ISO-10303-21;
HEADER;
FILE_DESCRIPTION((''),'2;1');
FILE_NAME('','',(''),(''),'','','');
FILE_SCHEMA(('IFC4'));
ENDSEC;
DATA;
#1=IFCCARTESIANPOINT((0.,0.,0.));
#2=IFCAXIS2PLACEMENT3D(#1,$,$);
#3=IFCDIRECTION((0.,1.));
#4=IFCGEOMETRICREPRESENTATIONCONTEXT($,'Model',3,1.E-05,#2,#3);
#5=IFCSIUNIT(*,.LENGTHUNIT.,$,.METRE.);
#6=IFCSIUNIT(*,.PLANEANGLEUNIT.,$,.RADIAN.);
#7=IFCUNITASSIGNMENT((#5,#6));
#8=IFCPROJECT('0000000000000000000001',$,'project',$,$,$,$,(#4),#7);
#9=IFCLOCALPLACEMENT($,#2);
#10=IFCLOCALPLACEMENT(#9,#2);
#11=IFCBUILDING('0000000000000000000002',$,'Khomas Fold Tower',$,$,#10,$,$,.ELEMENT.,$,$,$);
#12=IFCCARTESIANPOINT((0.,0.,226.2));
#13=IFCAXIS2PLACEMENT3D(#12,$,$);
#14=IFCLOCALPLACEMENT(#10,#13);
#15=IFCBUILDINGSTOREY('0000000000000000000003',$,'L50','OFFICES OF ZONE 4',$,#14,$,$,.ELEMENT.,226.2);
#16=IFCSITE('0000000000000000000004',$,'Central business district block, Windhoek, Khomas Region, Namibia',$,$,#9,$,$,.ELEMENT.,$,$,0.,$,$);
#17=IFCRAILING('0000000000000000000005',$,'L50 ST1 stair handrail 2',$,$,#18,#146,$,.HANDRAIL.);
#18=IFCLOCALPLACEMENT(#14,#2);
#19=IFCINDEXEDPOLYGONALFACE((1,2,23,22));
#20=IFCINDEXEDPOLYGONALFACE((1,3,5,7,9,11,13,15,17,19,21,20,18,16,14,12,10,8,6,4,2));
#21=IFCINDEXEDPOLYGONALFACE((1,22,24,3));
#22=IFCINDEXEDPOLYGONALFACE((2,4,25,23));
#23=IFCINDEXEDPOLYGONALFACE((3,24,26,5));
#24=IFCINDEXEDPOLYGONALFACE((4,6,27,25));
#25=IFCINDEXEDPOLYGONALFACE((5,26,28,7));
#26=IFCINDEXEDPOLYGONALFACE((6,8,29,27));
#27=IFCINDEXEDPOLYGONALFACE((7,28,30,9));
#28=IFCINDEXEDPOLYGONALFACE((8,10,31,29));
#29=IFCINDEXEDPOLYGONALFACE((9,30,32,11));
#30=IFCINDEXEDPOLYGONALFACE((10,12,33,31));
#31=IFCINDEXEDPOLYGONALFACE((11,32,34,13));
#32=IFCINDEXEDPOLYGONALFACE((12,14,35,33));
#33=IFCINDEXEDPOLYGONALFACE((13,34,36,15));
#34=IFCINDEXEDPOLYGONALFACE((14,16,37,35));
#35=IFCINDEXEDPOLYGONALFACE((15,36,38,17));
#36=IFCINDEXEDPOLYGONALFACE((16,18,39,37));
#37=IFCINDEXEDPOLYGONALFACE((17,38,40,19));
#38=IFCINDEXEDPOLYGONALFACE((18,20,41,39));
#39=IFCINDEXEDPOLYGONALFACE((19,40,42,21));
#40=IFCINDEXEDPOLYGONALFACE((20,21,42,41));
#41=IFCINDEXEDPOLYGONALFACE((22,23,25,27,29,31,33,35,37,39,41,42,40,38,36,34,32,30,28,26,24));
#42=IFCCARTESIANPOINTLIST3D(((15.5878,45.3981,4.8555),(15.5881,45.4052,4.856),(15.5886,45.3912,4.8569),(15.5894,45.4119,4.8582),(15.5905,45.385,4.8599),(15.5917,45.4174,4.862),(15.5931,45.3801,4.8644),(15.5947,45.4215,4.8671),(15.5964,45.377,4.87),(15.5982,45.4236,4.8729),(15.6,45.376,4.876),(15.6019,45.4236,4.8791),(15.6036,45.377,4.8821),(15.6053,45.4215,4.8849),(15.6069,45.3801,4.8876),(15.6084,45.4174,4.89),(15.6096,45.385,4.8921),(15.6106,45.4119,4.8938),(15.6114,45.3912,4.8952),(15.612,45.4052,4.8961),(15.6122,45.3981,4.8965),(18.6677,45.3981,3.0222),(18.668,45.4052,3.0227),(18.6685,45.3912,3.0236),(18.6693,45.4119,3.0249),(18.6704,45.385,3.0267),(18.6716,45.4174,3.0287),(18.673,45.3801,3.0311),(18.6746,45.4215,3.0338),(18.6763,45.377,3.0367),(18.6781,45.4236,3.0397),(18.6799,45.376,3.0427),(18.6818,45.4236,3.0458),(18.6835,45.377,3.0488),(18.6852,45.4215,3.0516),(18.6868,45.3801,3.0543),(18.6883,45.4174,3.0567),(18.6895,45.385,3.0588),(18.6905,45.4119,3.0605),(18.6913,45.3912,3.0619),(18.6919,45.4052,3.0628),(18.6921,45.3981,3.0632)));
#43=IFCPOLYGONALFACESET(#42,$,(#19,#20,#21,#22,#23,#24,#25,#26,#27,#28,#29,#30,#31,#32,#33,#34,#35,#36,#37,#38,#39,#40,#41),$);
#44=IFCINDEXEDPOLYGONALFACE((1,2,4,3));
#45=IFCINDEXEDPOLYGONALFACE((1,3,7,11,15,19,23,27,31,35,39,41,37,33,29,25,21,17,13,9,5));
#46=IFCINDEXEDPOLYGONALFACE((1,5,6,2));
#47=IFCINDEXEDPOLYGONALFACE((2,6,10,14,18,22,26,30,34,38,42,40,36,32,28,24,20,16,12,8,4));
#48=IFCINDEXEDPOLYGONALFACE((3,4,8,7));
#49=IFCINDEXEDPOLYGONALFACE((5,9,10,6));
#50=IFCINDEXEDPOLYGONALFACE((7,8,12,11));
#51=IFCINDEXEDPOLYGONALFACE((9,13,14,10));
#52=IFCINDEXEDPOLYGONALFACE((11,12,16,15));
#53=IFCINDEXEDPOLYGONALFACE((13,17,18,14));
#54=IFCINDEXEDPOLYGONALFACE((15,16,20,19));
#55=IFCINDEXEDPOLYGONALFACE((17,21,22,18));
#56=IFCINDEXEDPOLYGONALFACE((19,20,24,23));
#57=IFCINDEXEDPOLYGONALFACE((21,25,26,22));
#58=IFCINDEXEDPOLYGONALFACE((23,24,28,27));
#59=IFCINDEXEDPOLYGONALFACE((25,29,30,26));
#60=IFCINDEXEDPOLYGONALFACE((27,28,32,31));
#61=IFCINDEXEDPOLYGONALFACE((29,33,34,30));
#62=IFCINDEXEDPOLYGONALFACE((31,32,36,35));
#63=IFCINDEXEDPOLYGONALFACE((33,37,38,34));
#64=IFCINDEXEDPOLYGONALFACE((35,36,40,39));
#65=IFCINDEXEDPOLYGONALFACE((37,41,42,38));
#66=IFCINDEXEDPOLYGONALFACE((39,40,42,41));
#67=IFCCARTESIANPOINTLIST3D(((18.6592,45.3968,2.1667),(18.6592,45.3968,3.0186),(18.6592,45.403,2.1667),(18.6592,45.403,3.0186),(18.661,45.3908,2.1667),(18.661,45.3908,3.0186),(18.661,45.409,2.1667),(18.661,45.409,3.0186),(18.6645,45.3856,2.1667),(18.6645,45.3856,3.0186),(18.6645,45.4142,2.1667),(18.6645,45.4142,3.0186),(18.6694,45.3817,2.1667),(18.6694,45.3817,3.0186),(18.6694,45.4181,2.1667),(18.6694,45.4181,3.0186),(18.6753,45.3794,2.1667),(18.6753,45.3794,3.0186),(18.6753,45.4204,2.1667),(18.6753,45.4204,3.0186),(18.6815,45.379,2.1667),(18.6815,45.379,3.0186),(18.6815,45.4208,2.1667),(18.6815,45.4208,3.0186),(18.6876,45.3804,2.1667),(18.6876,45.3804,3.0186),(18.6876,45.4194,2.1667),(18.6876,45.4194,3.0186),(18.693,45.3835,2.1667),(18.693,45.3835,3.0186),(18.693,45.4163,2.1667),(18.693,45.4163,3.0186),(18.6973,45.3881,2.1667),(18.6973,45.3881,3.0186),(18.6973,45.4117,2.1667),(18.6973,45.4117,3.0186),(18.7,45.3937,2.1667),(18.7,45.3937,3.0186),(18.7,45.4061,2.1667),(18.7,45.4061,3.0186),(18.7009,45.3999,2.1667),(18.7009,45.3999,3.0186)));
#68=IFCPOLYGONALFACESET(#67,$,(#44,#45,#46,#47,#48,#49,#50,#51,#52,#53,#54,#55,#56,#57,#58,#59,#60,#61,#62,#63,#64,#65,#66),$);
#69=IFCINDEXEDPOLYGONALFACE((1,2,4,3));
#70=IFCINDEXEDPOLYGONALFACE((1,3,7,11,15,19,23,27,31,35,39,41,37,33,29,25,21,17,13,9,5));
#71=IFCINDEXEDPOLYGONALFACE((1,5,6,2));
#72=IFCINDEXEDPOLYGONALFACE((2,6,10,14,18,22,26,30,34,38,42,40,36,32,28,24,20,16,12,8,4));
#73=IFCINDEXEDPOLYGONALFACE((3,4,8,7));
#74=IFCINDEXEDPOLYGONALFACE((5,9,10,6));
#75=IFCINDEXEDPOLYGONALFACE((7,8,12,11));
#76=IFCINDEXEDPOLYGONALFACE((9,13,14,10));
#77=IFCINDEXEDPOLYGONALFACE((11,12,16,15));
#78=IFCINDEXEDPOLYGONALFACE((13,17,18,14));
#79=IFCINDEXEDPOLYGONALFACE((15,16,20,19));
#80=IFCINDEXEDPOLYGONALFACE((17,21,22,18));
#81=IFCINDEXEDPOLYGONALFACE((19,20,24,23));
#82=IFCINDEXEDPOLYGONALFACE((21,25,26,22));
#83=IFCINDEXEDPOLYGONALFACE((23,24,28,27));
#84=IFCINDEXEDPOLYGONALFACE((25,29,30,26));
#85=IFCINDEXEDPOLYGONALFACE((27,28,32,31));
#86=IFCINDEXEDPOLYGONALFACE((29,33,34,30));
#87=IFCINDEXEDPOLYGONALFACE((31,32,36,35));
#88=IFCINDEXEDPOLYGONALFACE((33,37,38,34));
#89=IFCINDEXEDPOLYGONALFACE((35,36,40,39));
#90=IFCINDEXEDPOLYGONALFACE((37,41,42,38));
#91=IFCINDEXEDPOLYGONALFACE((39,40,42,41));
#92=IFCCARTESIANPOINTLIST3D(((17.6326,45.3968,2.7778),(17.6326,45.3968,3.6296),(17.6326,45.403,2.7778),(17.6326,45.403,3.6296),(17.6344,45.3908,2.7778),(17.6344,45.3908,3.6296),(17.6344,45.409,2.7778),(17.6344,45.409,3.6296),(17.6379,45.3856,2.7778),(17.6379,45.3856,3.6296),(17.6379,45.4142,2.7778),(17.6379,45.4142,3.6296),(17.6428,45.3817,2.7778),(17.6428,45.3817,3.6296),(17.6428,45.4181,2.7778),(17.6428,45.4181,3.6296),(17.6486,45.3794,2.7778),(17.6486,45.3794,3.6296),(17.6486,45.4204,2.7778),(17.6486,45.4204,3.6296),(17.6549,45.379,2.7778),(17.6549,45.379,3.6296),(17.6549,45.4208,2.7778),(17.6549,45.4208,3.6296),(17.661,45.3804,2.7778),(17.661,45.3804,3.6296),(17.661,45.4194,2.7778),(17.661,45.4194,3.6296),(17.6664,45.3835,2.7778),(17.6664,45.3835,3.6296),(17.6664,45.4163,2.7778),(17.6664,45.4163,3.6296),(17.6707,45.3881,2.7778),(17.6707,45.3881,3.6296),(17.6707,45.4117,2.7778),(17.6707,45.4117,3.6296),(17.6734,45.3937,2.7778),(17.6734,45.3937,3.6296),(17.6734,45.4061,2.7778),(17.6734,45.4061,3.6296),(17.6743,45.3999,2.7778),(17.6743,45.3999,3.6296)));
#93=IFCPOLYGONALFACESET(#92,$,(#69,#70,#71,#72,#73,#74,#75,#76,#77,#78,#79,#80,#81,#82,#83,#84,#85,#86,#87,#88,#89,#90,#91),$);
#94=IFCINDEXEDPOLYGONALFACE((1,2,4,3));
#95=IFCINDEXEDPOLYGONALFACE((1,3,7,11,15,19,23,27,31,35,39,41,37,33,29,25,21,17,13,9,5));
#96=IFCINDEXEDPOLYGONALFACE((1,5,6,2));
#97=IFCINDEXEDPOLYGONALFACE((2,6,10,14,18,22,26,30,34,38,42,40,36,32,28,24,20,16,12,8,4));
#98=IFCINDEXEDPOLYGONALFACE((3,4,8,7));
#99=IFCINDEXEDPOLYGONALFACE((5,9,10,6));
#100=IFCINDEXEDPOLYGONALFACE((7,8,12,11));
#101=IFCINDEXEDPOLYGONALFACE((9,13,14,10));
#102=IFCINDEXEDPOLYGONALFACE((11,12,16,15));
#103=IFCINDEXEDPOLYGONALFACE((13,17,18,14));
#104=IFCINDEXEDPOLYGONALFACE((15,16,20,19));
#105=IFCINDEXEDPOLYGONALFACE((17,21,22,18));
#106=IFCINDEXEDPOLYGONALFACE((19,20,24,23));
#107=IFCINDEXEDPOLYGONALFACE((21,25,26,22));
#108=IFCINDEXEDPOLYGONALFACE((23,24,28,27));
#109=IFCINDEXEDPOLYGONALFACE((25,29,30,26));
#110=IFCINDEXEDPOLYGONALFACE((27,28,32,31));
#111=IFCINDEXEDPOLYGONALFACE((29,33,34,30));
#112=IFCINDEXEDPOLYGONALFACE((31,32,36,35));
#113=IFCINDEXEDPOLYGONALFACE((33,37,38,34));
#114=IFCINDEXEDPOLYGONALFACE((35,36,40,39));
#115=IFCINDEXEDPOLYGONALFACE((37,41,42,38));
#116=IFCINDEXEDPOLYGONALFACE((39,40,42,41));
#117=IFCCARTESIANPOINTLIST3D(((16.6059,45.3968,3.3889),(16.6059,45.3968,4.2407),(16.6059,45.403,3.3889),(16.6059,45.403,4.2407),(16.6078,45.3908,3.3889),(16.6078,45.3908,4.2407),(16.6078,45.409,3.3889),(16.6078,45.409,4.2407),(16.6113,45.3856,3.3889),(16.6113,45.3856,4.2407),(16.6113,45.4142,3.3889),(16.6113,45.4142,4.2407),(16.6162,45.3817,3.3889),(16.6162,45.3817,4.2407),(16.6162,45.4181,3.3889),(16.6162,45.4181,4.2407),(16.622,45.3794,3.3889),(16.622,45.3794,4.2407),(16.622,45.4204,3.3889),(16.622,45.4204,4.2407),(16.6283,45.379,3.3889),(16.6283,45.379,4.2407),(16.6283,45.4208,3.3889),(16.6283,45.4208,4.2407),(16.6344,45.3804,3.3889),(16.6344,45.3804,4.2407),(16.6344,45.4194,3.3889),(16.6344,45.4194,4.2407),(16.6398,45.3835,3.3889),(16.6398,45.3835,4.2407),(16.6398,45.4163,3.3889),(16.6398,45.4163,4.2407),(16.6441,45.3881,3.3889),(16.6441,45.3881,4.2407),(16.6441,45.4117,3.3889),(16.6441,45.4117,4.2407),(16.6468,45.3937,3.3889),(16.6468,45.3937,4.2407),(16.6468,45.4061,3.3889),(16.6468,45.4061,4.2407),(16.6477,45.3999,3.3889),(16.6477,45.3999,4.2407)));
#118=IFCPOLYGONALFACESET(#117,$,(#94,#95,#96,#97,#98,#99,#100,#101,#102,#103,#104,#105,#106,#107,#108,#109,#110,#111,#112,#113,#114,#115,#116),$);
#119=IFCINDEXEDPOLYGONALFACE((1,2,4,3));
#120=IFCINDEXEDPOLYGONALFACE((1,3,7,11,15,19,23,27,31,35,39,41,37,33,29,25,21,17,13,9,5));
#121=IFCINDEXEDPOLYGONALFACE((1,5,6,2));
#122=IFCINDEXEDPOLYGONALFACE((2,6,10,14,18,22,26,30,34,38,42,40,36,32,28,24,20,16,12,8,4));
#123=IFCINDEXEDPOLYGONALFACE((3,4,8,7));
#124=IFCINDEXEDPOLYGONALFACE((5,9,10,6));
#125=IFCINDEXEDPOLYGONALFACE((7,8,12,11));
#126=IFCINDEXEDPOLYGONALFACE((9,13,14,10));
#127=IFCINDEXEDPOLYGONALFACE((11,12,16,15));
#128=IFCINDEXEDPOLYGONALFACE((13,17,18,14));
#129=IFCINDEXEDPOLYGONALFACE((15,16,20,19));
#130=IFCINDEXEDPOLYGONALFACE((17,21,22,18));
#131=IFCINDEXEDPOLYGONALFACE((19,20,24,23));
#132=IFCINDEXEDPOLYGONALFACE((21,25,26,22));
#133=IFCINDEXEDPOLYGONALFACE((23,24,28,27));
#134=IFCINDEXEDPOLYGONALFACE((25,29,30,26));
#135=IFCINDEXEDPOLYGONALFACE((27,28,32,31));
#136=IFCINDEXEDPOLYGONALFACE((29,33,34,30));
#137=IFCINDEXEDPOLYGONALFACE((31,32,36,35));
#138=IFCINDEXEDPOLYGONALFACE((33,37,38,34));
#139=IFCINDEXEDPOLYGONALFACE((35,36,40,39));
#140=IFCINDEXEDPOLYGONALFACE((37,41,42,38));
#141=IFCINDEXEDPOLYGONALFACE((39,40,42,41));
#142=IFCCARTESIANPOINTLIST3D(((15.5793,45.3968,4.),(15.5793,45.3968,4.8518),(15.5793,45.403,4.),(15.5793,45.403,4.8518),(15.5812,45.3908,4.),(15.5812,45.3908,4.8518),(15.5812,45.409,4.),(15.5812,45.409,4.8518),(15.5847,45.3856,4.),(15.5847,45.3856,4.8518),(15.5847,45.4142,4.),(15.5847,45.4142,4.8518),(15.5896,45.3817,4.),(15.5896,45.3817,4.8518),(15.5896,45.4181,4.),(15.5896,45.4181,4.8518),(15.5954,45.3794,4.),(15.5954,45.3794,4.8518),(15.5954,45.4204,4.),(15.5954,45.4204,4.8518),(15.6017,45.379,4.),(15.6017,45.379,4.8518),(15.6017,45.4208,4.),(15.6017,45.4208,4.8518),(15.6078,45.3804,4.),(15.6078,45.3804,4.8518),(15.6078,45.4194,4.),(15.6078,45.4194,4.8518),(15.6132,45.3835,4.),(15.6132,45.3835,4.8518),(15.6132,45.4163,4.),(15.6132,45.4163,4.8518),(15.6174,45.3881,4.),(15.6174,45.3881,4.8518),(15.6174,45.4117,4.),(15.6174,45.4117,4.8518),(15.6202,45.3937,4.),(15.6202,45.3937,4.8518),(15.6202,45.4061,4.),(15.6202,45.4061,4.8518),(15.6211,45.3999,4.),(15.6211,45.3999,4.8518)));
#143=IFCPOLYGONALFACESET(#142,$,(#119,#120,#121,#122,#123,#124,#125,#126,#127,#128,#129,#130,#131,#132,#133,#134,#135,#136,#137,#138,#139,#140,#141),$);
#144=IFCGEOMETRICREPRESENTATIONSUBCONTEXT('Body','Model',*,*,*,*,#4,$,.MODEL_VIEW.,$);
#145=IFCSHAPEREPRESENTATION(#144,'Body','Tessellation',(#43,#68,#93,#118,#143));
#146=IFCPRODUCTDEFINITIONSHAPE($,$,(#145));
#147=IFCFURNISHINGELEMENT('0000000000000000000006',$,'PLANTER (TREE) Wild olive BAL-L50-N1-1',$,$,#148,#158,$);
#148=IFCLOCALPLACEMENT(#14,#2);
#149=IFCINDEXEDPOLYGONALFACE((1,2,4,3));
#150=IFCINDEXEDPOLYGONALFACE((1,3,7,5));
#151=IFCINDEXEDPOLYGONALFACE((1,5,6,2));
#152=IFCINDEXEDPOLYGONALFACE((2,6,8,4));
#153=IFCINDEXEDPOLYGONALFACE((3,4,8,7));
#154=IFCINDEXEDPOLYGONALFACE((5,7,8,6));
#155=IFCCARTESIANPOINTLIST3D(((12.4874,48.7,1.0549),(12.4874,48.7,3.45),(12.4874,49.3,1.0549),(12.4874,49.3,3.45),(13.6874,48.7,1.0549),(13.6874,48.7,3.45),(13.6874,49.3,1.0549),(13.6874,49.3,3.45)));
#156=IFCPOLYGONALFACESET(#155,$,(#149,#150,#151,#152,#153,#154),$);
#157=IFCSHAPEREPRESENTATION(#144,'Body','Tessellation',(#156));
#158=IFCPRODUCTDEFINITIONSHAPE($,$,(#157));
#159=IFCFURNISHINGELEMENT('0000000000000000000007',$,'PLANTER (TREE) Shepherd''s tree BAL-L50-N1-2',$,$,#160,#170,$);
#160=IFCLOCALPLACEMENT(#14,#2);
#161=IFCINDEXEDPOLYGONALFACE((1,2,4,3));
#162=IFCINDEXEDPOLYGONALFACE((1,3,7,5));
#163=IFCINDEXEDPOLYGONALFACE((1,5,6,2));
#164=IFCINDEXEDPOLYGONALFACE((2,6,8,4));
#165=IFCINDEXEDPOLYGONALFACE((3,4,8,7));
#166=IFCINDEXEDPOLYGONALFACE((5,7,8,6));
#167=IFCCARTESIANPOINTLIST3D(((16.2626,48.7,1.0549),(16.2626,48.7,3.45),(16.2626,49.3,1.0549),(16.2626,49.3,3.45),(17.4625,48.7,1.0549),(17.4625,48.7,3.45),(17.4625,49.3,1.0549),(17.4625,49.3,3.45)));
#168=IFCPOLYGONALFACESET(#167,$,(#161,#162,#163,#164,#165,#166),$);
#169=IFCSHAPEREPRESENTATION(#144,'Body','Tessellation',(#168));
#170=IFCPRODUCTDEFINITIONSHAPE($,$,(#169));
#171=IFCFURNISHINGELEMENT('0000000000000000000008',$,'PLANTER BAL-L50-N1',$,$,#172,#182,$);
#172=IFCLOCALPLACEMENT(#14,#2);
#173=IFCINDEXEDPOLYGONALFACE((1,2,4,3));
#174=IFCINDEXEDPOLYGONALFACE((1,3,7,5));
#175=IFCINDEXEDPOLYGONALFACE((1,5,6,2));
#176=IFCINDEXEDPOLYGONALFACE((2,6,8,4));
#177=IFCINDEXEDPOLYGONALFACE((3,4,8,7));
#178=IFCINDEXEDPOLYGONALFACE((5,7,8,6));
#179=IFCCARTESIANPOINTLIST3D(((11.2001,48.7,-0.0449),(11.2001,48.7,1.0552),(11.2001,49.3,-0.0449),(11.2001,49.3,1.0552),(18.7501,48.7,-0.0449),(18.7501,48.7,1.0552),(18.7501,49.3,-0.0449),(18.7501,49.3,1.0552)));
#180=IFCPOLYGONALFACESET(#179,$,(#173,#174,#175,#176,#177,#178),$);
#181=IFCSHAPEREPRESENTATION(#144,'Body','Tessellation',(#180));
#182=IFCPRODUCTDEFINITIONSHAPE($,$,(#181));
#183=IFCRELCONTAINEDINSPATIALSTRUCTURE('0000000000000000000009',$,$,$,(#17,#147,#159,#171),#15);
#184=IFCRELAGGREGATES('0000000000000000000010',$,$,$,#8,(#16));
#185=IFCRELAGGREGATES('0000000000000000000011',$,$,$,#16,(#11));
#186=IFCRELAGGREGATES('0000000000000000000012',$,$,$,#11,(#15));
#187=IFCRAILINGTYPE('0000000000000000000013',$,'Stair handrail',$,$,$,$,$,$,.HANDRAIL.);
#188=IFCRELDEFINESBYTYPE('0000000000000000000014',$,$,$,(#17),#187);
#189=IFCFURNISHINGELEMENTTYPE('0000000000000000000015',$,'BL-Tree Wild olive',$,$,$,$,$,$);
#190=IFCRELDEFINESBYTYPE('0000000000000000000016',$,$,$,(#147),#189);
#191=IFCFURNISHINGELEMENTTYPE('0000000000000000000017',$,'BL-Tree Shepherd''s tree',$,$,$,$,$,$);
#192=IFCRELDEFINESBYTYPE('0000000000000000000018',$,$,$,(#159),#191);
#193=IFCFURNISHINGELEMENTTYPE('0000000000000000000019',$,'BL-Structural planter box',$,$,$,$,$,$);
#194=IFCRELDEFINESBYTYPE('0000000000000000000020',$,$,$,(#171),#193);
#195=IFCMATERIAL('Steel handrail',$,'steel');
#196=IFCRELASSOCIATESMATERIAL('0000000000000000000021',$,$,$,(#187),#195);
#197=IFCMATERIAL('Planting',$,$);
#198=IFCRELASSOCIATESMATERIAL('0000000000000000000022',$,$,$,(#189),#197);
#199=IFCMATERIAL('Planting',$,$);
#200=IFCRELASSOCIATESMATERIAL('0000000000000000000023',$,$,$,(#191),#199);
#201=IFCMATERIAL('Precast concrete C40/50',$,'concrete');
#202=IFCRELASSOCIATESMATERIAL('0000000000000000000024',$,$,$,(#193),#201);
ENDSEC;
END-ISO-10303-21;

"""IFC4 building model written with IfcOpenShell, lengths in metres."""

from ifc_helpers import new_model, si_unit, direction, frame, origin, origin_2d, place, context, subcontext, project, spatial, rectangle, circle, extrude, source, transform, mapped, material, type_object, element, save


model = new_model("IFC4")

# Units and contexts
model_context = context("Model", 3, precision=1e-05, world=origin(), true_north=direction((0.0, 1.0)))
body_context = subcontext(model_context, "Body", "Model", "MODEL_VIEW")
ifc_project = project(units=[si_unit("LENGTHUNIT", "METRE"), si_unit("PLANEANGLEUNIT", "RADIAN")], contexts=[model_context])

# Site, building, storey
site_placement = place(None, origin())
site = spatial("IfcSite", under=ifc_project, at=site_placement, Name="Central business district block, Windhoek, Khomas Region, Namibia", CompositionType="ELEMENT", RefElevation=0.0)
building_placement = place(site_placement, origin())
building = spatial("IfcBuilding", under=site, at=building_placement, Name="Khomas Fold Tower", CompositionType="ELEMENT")
storey_placement = place(building_placement, frame((0.0, 0.0, 226.2)))
storey = spatial("IfcBuildingStorey", under=building, at=storey_placement, Name="L50", Description="OFFICES OF ZONE 4", CompositionType="ELEMENT", Elevation=226.2)

# Railing
ifc_material_1 = material(Name="Steel handrail", Category="steel")
railing_type_1 = type_object("IfcRailingType", Name="Stair handrail", PredefinedType="HANDRAIL", material=ifc_material_1)
shared_shape_1 = source(origin(), body_context, "Body", "SweptSolid", [
    extrude(circle(Radius=0.0239, at=origin_2d()), frame((0.0, 0.0, 0.876), z_axis=(-0.859291, 0.0, 0.511487), x_axis=(0.0, -1.0, 0.0)), (0.0, 0.0, 1.0), 3.5842),
    extrude(circle(Radius=0.021, at=origin_2d()), origin(), (0.0, 0.0, 1.0), 0.8518),
    extrude(circle(Radius=0.021, at=origin_2d()), frame((-1.0266, 0.0, 0.6111)), (0.0, 0.0, 1.0), 0.8518),
    extrude(circle(Radius=0.021, at=origin_2d()), frame((-2.0532, 0.0, 1.2222)), (0.0, 0.0, 1.0), 0.8518),
    extrude(circle(Radius=0.021, at=origin_2d()), frame((-3.0798, 0.0, 1.8333)), (0.0, 0.0, 1.0), 0.8518),
])
railing_1_placement = place(storey_placement, frame((18.6799, 45.3999, 2.1667)))
element("IfcRailing", 1, at=railing_1_placement, inside=storey, type_object=railing_type_1, Name="L50 ST1 stair handrail 2", PredefinedType="HANDRAIL", context=body_context, shape_type="MappedRepresentation", body=[
    mapped(shared_shape_1, transform((0.0, 0.0, 0.0))),
])

# Furnishing elements
ifc_material_2 = material(Name="Planting")
furnishing_element_type_1 = type_object("IfcFurnishingElementType", Name="BL-Tree Wild olive", material=ifc_material_2)
shared_shape_2 = source(origin(), body_context, "Body", "SweptSolid", [
    extrude(rectangle(XDim=1.2, YDim=0.6001, at=origin_2d()), origin(), (0.0, 0.0, 1.0), 2.395),
])
furnishing_1_placement = place(storey_placement, frame((13.0874, 49.0, 1.0549), z_axis=(0.0, 0.0, 1.0), x_axis=(1.0, 0.0, 0.0)))
element("IfcFurnishingElement", 2, at=furnishing_1_placement, inside=storey, type_object=furnishing_element_type_1, Name="PLANTER (TREE) Wild olive BAL-L50-N1-1", context=body_context, shape_type="MappedRepresentation", body=[
    mapped(shared_shape_2, transform((0.0, 0.0, 0.0))),
])
ifc_material_3 = material(Name="Planting")
furnishing_element_type_2 = type_object("IfcFurnishingElementType", Name="BL-Tree Shepherd's tree", material=ifc_material_3)
furnishing_2_placement = place(storey_placement, frame((16.8625, 49.0, 1.0549), z_axis=(0.0, 0.0, 1.0), x_axis=(1.0, 0.0, 0.0)))
element("IfcFurnishingElement", 3, at=furnishing_2_placement, inside=storey, type_object=furnishing_element_type_2, Name="PLANTER (TREE) Shepherd's tree BAL-L50-N1-2", context=body_context, shape_type="MappedRepresentation", body=[
    mapped(shared_shape_2, transform((0.0, 0.0, 0.0))),
])
ifc_material_4 = material(Name="Precast concrete C40/50", Category="concrete")
furnishing_element_type_3 = type_object("IfcFurnishingElementType", Name="BL-Structural planter box", material=ifc_material_4)
shared_shape_3 = source(origin(), body_context, "Body", "SweptSolid", [
    extrude(rectangle(XDim=7.55, YDim=0.6001, at=origin_2d()), origin(), (0.0, 0.0, 1.0), 1.1001),
])
furnishing_3_placement = place(storey_placement, frame((14.9751, 49.0, -0.0449), z_axis=(0.0, 0.0, 1.0), x_axis=(1.0, 0.0, 0.0)))
element("IfcFurnishingElement", 4, at=furnishing_3_placement, inside=storey, type_object=furnishing_element_type_3, Name="PLANTER BAL-L50-N1", context=body_context, shape_type="MappedRepresentation", body=[
    mapped(shared_shape_3, transform((0.0, 0.0, 0.0))),
])

save(model, "model.ifc")
